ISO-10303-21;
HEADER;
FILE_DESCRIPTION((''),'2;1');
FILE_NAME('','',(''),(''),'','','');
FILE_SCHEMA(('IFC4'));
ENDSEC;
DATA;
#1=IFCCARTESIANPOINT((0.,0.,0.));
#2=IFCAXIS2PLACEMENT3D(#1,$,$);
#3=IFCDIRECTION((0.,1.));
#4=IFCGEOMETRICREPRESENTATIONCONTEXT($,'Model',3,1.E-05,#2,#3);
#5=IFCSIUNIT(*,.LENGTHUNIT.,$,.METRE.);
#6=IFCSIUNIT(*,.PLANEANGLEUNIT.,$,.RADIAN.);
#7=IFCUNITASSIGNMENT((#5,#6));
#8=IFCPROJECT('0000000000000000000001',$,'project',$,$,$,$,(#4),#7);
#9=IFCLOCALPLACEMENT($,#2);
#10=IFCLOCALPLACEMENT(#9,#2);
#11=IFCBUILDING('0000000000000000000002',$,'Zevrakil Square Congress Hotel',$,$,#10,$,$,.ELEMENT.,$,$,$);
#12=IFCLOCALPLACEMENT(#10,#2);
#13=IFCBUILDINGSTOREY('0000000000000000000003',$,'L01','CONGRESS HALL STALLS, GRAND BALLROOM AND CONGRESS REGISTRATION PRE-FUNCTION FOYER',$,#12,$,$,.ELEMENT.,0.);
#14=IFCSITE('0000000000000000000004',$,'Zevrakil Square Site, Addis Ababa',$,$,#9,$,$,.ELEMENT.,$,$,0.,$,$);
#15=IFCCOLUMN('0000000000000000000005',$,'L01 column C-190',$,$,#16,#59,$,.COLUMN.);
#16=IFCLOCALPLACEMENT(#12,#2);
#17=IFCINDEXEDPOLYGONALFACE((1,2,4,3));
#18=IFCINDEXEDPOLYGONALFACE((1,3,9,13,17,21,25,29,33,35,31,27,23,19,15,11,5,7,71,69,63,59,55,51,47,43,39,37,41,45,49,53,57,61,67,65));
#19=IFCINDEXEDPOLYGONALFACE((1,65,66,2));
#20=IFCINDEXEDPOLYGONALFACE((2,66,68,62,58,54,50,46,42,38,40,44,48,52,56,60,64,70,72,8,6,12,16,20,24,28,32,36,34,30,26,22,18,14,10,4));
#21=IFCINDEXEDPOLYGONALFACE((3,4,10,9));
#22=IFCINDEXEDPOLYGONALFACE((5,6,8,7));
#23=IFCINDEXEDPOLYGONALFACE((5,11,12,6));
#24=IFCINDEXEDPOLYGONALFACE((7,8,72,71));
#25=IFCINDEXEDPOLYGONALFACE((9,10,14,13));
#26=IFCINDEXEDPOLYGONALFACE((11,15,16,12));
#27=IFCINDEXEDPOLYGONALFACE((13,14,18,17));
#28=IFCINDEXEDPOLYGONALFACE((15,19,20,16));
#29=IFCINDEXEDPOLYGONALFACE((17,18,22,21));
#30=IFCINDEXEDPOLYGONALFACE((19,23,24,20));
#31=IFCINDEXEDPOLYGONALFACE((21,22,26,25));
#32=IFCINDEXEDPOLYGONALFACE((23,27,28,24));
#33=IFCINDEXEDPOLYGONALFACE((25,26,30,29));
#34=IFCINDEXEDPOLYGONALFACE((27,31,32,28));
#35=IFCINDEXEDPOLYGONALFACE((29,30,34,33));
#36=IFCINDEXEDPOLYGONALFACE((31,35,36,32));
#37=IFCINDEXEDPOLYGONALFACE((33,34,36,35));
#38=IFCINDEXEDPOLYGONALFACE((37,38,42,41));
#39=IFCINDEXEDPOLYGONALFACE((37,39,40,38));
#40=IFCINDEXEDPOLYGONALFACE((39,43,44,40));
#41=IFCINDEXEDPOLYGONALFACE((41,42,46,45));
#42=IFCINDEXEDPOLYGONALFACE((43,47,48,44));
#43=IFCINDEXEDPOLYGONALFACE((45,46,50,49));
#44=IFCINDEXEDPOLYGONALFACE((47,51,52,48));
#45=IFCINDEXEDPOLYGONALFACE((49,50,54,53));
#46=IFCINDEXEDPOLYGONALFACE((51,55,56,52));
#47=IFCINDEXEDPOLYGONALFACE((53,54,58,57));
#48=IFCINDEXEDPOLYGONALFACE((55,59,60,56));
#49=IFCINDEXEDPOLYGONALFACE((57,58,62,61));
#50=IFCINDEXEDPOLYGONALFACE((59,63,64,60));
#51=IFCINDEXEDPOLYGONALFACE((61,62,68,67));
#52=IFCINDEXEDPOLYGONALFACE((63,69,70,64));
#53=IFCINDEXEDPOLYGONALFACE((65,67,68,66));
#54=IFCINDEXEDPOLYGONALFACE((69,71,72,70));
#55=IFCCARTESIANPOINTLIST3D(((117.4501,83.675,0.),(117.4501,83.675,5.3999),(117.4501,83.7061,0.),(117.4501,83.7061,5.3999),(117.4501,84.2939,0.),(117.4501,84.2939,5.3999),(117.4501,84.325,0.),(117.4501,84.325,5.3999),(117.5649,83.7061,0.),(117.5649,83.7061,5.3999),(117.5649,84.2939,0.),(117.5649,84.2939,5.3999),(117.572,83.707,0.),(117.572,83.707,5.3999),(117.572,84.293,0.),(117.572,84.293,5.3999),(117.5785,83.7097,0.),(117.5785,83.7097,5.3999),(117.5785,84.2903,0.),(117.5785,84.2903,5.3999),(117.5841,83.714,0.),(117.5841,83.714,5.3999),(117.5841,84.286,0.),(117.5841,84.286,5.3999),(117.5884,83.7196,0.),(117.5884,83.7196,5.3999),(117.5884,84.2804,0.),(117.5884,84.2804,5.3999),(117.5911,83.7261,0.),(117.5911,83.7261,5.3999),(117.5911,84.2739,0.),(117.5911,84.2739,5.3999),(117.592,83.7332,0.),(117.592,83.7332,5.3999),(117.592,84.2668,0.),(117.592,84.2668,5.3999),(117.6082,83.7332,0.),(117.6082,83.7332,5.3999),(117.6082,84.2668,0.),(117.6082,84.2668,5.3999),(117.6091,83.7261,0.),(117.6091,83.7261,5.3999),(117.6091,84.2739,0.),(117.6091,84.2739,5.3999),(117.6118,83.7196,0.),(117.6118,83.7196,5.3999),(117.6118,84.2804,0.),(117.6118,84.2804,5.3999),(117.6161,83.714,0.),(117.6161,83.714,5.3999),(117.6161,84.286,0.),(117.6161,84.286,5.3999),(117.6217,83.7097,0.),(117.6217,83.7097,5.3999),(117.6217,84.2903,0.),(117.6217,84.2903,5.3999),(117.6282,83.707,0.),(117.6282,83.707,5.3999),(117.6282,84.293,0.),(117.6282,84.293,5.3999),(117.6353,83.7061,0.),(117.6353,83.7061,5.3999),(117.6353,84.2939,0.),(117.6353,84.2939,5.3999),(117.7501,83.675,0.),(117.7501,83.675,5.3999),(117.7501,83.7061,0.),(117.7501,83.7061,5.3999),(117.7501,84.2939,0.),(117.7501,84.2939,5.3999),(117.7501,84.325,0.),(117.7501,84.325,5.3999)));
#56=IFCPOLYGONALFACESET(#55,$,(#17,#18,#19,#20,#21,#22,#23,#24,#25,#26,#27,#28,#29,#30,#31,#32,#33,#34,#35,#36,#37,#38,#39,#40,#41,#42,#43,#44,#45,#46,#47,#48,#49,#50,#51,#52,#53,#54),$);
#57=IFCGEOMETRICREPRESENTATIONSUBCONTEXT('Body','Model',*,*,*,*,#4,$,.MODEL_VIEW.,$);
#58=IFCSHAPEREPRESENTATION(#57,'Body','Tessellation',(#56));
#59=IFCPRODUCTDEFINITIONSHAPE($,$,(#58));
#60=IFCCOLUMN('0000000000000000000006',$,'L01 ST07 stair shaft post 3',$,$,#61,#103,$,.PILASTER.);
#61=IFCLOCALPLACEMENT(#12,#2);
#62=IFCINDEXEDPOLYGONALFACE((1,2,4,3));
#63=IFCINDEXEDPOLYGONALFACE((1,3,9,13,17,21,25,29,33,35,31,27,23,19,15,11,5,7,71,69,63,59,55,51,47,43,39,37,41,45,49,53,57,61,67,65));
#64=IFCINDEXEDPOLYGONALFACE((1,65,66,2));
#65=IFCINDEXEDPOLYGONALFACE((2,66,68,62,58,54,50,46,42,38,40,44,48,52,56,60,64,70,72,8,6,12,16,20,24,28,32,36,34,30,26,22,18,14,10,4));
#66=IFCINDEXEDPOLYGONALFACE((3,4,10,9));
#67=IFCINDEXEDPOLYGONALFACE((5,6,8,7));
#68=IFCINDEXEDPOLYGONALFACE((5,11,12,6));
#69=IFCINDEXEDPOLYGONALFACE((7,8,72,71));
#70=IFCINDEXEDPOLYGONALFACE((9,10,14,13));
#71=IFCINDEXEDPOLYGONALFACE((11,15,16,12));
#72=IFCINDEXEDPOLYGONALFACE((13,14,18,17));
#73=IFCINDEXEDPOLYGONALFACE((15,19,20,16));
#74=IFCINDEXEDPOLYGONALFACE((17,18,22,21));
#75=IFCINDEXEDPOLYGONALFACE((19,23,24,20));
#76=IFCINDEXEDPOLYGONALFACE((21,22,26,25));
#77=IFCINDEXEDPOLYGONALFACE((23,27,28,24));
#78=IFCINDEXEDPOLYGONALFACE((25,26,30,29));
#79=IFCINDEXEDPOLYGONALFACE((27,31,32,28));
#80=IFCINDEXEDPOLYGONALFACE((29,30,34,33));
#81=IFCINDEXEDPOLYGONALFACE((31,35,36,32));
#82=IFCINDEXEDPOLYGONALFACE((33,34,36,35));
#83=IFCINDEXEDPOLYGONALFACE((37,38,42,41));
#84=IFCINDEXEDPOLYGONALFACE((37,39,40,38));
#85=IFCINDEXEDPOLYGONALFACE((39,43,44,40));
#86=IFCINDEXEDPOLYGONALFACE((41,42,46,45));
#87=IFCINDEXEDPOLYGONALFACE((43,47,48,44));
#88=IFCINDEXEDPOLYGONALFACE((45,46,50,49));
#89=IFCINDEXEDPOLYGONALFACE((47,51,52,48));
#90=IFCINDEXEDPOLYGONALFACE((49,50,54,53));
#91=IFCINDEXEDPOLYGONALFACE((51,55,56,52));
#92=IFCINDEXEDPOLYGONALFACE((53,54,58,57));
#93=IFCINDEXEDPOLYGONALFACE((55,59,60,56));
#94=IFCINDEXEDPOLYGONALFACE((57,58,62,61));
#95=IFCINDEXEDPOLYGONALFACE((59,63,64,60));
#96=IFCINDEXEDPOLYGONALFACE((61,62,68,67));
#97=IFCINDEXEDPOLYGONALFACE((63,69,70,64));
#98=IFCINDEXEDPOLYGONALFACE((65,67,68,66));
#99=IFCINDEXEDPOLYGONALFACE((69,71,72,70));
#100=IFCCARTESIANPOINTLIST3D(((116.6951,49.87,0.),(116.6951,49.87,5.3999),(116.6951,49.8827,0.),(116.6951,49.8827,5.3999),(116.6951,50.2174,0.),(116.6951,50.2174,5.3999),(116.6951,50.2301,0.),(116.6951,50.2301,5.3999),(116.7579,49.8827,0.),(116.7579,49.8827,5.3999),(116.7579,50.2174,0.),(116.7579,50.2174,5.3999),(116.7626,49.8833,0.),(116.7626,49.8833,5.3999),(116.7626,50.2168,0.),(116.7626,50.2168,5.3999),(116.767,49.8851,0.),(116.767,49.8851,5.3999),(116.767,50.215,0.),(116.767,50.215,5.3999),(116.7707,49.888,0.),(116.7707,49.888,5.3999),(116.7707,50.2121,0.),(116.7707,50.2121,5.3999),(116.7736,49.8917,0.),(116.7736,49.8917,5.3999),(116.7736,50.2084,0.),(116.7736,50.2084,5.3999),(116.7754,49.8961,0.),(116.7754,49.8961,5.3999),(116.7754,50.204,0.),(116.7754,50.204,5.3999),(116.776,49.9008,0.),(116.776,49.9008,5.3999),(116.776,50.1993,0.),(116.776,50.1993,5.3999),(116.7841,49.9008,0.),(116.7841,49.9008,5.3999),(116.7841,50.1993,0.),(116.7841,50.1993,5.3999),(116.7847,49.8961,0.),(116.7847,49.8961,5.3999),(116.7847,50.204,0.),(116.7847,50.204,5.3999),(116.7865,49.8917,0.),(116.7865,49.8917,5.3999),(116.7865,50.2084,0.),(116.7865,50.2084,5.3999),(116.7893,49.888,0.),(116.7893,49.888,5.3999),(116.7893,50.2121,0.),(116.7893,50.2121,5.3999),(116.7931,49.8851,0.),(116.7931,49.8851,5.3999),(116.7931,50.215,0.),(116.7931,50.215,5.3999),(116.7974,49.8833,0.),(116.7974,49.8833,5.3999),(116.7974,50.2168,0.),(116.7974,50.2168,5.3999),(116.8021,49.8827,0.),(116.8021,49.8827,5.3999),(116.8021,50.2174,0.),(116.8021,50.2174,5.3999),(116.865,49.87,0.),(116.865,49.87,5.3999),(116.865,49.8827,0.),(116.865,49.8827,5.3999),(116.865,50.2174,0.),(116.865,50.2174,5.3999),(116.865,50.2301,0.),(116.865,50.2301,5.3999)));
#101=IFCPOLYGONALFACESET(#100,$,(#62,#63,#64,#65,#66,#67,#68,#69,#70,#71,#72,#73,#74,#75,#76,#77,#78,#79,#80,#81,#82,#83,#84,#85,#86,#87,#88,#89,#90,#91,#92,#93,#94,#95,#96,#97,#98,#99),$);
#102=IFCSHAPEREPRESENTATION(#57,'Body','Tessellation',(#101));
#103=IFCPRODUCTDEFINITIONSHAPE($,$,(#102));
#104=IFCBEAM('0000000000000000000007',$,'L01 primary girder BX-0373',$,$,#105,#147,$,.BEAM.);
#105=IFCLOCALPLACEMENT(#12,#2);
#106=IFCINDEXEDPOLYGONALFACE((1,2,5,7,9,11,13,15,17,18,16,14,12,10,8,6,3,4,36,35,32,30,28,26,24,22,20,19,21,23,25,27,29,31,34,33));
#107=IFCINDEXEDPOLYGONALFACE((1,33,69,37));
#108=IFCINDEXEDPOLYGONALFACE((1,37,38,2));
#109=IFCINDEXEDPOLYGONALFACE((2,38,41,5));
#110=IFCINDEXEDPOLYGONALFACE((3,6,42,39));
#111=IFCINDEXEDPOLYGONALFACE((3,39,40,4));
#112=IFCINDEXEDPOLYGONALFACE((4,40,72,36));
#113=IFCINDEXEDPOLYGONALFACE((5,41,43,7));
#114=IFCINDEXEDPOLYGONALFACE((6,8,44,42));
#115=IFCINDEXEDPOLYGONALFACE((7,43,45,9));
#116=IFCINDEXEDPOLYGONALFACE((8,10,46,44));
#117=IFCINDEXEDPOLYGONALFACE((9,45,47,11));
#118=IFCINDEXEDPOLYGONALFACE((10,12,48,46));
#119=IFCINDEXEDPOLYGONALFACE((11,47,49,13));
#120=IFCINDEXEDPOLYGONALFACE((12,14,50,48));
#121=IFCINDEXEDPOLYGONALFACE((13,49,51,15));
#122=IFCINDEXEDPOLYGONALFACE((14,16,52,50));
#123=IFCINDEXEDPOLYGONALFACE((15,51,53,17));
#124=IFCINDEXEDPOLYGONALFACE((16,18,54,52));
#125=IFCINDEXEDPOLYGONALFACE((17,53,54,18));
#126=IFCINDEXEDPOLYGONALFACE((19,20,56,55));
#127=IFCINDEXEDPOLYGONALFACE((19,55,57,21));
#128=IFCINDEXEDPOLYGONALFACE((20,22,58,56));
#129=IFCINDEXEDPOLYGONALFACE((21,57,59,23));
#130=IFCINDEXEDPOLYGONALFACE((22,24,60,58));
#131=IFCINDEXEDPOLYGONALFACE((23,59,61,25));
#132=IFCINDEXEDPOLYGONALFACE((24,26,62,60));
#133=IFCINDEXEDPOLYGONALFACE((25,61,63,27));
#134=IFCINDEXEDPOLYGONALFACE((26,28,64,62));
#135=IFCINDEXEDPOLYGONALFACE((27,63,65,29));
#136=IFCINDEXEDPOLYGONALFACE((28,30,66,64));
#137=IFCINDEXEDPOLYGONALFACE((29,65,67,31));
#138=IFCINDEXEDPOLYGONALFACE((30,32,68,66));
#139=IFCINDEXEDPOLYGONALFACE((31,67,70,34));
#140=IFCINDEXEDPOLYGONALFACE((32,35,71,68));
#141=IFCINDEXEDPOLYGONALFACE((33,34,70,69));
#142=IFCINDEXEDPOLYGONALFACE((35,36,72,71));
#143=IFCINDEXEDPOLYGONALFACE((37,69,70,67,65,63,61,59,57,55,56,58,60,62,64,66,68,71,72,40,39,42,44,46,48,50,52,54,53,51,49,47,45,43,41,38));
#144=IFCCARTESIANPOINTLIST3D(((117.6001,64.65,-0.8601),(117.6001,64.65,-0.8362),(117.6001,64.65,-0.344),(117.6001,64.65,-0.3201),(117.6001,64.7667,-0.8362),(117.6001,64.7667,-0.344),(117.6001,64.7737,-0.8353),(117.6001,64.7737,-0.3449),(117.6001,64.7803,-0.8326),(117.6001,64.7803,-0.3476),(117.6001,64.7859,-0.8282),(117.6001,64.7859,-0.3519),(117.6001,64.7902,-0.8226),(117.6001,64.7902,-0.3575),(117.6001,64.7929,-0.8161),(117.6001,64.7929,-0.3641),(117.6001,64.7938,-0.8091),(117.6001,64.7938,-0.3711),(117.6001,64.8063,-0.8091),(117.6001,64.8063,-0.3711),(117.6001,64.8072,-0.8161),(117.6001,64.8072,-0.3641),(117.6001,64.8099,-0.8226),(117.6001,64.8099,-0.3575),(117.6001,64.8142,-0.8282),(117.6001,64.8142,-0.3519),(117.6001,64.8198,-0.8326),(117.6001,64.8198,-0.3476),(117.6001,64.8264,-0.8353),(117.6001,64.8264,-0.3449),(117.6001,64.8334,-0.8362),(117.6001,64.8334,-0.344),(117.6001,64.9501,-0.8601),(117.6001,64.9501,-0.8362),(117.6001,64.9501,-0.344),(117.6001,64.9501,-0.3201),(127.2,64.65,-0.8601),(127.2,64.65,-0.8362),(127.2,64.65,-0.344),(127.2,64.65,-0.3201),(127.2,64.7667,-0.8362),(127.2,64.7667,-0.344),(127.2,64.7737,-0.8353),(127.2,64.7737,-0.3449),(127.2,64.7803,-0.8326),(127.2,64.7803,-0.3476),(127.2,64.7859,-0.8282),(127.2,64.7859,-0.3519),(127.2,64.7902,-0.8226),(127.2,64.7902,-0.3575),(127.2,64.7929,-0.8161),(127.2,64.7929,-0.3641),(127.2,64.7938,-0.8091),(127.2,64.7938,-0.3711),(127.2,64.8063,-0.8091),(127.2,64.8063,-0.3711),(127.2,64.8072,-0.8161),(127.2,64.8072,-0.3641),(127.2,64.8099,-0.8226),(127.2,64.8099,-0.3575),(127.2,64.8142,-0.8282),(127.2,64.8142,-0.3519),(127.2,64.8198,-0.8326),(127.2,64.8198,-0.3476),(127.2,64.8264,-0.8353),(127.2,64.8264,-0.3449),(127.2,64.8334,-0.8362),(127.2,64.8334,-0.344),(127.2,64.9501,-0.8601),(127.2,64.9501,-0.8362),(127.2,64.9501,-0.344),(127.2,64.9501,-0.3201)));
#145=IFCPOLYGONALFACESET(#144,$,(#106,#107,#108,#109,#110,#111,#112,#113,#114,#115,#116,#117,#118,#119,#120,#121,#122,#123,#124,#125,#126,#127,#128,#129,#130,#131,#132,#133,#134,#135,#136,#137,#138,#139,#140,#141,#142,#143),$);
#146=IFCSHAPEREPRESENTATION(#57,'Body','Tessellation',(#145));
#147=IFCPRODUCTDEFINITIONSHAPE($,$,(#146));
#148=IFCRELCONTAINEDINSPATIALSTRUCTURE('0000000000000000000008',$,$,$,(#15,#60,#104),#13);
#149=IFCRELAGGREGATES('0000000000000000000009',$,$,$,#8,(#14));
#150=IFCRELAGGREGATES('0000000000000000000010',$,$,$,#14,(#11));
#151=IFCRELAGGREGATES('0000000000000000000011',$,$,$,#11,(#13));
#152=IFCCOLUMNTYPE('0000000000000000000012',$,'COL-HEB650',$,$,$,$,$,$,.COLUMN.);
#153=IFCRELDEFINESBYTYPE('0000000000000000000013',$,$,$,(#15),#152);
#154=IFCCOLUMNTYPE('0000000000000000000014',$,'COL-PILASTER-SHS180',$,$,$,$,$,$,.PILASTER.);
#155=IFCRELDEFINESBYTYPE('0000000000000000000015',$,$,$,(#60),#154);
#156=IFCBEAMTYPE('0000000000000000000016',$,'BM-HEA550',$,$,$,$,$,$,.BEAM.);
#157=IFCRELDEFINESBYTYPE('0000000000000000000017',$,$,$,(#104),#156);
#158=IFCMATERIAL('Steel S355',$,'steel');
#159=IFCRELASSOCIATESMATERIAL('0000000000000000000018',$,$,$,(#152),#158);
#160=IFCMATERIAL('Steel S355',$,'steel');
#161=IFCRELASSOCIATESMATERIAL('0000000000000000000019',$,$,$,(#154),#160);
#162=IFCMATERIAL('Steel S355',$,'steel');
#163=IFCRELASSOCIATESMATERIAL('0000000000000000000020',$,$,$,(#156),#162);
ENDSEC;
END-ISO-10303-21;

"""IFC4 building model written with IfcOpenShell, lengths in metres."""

from ifc_helpers import new_model, si_unit, direction, frame, origin, origin_2d, place, context, subcontext, project, spatial, i_section, extrude, material, material_profile, profile_set, type_object, element, save


model = new_model("IFC4")

# Units and contexts
model_context = context("Model", 3, precision=1e-05, world=origin(), true_north=direction((0.0, 1.0)))
body_context = subcontext(model_context, "Body", "Model", "MODEL_VIEW")
ifc_project = project(units=[si_unit("LENGTHUNIT", "METRE"), si_unit("PLANEANGLEUNIT", "RADIAN")], contexts=[model_context])

# Site, building, storey
site_placement = place(None, origin())
site = spatial("IfcSite", under=ifc_project, at=site_placement, Name="Zevrakil Square Site, Addis Ababa", CompositionType="ELEMENT", RefElevation=0.0)
building_placement = place(site_placement, origin())
building = spatial("IfcBuilding", under=site, at=building_placement, Name="Zevrakil Square Congress Hotel", CompositionType="ELEMENT")
storey_placement = place(building_placement, origin())
storey = spatial("IfcBuildingStorey", under=building, at=storey_placement, Name="L01", Description="CONGRESS HALL STALLS, GRAND BALLROOM AND CONGRESS REGISTRATION PRE-FUNCTION FOYER", CompositionType="ELEMENT", Elevation=0.0)

# Columns
ifc_material_1 = material(Name="Steel S355", Category="steel")
ifc_material_profile_1 = material_profile(ifc_material_1, i_section(OverallWidth=0.3, OverallDepth=0.6499, WebThickness=0.0161, FlangeThickness=0.031, FilletRadius=0.0271, at=origin_2d()), Name="HEB 650")
ifc_profile_set_1 = profile_set([ifc_material_profile_1], Name="Steel S355")
column_type_1 = type_object("IfcColumnType", Name="COL-HEB650", PredefinedType="COLUMN", material=ifc_profile_set_1)
for number, where, z_axis, x_axis, name in (
    (1, (117.6001, 84.0, 0.0), (0.0, 0.0, 1.0), (1.0, 0.0, 0.0), "L01 column C-190"),
):
    element("IfcColumn", number, at=place(storey_placement, frame(where, z_axis=z_axis, x_axis=x_axis)), inside=storey, type_object=column_type_1, Name=name, PredefinedType="COLUMN", context=body_context, shape_type="SweptSolid", body=[
        extrude(i_section(OverallWidth=0.3, OverallDepth=0.6499, WebThickness=0.0161, FlangeThickness=0.031, FilletRadius=0.0271, at=origin_2d()), origin(), (0.0, 0.0, 1.0), 5.3999),
    ])
ifc_material_2 = material(Name="Steel S355", Category="steel")
ifc_material_profile_2 = material_profile(ifc_material_2, i_section(OverallWidth=0.1699, OverallDepth=0.3601, WebThickness=0.0081, FlangeThickness=0.0127, FilletRadius=0.0181, at=origin_2d()), Name="IPE 360")
ifc_profile_set_2 = profile_set([ifc_material_profile_2], Name="Steel S355")
column_type_2 = type_object("IfcColumnType", Name="COL-PILASTER-SHS180", PredefinedType="PILASTER", material=ifc_profile_set_2)
column_1_placement = place(storey_placement, frame((116.78, 50.05, 0.0), z_axis=(0.0, 0.0, 1.0), x_axis=(1.0, 0.0, 0.0)))
element("IfcColumn", 2, at=column_1_placement, inside=storey, type_object=column_type_2, Name="L01 ST07 stair shaft post 3", PredefinedType="PILASTER", context=body_context, shape_type="SweptSolid", body=[
    extrude(i_section(OverallWidth=0.1699, OverallDepth=0.3601, WebThickness=0.0081, FlangeThickness=0.0127, FilletRadius=0.0181, at=origin_2d()), origin(), (0.0, 0.0, 1.0), 5.3999),
])

# Beam
ifc_material_3 = material(Name="Steel S355", Category="steel")
ifc_material_profile_3 = material_profile(ifc_material_3, i_section(OverallWidth=0.3, OverallDepth=0.54, WebThickness=0.0125, FlangeThickness=0.0239, FilletRadius=0.0271, at=origin_2d()), Name="HEA 550")
ifc_profile_set_3 = profile_set([ifc_material_profile_3], Name="Steel S355")
beam_type_1 = type_object("IfcBeamType", Name="BM-HEA550", PredefinedType="BEAM", material=ifc_profile_set_3)
beam_1_placement = place(storey_placement, frame((117.6001, 64.8, -0.5901), z_axis=(1.0, 0.0, 0.0), x_axis=(0.0, 1.0, 0.0)))
element("IfcBeam", 3, at=beam_1_placement, inside=storey, type_object=beam_type_1, Name="L01 primary girder BX-0373", PredefinedType="BEAM", context=body_context, shape_type="SweptSolid", body=[
    extrude(i_section(OverallWidth=0.3, OverallDepth=0.54, WebThickness=0.0125, FlangeThickness=0.0239, FilletRadius=0.0271, at=origin_2d()), origin(), (0.0, 0.0, 1.0), 9.5999),
])

save(model, "model.ifc")
